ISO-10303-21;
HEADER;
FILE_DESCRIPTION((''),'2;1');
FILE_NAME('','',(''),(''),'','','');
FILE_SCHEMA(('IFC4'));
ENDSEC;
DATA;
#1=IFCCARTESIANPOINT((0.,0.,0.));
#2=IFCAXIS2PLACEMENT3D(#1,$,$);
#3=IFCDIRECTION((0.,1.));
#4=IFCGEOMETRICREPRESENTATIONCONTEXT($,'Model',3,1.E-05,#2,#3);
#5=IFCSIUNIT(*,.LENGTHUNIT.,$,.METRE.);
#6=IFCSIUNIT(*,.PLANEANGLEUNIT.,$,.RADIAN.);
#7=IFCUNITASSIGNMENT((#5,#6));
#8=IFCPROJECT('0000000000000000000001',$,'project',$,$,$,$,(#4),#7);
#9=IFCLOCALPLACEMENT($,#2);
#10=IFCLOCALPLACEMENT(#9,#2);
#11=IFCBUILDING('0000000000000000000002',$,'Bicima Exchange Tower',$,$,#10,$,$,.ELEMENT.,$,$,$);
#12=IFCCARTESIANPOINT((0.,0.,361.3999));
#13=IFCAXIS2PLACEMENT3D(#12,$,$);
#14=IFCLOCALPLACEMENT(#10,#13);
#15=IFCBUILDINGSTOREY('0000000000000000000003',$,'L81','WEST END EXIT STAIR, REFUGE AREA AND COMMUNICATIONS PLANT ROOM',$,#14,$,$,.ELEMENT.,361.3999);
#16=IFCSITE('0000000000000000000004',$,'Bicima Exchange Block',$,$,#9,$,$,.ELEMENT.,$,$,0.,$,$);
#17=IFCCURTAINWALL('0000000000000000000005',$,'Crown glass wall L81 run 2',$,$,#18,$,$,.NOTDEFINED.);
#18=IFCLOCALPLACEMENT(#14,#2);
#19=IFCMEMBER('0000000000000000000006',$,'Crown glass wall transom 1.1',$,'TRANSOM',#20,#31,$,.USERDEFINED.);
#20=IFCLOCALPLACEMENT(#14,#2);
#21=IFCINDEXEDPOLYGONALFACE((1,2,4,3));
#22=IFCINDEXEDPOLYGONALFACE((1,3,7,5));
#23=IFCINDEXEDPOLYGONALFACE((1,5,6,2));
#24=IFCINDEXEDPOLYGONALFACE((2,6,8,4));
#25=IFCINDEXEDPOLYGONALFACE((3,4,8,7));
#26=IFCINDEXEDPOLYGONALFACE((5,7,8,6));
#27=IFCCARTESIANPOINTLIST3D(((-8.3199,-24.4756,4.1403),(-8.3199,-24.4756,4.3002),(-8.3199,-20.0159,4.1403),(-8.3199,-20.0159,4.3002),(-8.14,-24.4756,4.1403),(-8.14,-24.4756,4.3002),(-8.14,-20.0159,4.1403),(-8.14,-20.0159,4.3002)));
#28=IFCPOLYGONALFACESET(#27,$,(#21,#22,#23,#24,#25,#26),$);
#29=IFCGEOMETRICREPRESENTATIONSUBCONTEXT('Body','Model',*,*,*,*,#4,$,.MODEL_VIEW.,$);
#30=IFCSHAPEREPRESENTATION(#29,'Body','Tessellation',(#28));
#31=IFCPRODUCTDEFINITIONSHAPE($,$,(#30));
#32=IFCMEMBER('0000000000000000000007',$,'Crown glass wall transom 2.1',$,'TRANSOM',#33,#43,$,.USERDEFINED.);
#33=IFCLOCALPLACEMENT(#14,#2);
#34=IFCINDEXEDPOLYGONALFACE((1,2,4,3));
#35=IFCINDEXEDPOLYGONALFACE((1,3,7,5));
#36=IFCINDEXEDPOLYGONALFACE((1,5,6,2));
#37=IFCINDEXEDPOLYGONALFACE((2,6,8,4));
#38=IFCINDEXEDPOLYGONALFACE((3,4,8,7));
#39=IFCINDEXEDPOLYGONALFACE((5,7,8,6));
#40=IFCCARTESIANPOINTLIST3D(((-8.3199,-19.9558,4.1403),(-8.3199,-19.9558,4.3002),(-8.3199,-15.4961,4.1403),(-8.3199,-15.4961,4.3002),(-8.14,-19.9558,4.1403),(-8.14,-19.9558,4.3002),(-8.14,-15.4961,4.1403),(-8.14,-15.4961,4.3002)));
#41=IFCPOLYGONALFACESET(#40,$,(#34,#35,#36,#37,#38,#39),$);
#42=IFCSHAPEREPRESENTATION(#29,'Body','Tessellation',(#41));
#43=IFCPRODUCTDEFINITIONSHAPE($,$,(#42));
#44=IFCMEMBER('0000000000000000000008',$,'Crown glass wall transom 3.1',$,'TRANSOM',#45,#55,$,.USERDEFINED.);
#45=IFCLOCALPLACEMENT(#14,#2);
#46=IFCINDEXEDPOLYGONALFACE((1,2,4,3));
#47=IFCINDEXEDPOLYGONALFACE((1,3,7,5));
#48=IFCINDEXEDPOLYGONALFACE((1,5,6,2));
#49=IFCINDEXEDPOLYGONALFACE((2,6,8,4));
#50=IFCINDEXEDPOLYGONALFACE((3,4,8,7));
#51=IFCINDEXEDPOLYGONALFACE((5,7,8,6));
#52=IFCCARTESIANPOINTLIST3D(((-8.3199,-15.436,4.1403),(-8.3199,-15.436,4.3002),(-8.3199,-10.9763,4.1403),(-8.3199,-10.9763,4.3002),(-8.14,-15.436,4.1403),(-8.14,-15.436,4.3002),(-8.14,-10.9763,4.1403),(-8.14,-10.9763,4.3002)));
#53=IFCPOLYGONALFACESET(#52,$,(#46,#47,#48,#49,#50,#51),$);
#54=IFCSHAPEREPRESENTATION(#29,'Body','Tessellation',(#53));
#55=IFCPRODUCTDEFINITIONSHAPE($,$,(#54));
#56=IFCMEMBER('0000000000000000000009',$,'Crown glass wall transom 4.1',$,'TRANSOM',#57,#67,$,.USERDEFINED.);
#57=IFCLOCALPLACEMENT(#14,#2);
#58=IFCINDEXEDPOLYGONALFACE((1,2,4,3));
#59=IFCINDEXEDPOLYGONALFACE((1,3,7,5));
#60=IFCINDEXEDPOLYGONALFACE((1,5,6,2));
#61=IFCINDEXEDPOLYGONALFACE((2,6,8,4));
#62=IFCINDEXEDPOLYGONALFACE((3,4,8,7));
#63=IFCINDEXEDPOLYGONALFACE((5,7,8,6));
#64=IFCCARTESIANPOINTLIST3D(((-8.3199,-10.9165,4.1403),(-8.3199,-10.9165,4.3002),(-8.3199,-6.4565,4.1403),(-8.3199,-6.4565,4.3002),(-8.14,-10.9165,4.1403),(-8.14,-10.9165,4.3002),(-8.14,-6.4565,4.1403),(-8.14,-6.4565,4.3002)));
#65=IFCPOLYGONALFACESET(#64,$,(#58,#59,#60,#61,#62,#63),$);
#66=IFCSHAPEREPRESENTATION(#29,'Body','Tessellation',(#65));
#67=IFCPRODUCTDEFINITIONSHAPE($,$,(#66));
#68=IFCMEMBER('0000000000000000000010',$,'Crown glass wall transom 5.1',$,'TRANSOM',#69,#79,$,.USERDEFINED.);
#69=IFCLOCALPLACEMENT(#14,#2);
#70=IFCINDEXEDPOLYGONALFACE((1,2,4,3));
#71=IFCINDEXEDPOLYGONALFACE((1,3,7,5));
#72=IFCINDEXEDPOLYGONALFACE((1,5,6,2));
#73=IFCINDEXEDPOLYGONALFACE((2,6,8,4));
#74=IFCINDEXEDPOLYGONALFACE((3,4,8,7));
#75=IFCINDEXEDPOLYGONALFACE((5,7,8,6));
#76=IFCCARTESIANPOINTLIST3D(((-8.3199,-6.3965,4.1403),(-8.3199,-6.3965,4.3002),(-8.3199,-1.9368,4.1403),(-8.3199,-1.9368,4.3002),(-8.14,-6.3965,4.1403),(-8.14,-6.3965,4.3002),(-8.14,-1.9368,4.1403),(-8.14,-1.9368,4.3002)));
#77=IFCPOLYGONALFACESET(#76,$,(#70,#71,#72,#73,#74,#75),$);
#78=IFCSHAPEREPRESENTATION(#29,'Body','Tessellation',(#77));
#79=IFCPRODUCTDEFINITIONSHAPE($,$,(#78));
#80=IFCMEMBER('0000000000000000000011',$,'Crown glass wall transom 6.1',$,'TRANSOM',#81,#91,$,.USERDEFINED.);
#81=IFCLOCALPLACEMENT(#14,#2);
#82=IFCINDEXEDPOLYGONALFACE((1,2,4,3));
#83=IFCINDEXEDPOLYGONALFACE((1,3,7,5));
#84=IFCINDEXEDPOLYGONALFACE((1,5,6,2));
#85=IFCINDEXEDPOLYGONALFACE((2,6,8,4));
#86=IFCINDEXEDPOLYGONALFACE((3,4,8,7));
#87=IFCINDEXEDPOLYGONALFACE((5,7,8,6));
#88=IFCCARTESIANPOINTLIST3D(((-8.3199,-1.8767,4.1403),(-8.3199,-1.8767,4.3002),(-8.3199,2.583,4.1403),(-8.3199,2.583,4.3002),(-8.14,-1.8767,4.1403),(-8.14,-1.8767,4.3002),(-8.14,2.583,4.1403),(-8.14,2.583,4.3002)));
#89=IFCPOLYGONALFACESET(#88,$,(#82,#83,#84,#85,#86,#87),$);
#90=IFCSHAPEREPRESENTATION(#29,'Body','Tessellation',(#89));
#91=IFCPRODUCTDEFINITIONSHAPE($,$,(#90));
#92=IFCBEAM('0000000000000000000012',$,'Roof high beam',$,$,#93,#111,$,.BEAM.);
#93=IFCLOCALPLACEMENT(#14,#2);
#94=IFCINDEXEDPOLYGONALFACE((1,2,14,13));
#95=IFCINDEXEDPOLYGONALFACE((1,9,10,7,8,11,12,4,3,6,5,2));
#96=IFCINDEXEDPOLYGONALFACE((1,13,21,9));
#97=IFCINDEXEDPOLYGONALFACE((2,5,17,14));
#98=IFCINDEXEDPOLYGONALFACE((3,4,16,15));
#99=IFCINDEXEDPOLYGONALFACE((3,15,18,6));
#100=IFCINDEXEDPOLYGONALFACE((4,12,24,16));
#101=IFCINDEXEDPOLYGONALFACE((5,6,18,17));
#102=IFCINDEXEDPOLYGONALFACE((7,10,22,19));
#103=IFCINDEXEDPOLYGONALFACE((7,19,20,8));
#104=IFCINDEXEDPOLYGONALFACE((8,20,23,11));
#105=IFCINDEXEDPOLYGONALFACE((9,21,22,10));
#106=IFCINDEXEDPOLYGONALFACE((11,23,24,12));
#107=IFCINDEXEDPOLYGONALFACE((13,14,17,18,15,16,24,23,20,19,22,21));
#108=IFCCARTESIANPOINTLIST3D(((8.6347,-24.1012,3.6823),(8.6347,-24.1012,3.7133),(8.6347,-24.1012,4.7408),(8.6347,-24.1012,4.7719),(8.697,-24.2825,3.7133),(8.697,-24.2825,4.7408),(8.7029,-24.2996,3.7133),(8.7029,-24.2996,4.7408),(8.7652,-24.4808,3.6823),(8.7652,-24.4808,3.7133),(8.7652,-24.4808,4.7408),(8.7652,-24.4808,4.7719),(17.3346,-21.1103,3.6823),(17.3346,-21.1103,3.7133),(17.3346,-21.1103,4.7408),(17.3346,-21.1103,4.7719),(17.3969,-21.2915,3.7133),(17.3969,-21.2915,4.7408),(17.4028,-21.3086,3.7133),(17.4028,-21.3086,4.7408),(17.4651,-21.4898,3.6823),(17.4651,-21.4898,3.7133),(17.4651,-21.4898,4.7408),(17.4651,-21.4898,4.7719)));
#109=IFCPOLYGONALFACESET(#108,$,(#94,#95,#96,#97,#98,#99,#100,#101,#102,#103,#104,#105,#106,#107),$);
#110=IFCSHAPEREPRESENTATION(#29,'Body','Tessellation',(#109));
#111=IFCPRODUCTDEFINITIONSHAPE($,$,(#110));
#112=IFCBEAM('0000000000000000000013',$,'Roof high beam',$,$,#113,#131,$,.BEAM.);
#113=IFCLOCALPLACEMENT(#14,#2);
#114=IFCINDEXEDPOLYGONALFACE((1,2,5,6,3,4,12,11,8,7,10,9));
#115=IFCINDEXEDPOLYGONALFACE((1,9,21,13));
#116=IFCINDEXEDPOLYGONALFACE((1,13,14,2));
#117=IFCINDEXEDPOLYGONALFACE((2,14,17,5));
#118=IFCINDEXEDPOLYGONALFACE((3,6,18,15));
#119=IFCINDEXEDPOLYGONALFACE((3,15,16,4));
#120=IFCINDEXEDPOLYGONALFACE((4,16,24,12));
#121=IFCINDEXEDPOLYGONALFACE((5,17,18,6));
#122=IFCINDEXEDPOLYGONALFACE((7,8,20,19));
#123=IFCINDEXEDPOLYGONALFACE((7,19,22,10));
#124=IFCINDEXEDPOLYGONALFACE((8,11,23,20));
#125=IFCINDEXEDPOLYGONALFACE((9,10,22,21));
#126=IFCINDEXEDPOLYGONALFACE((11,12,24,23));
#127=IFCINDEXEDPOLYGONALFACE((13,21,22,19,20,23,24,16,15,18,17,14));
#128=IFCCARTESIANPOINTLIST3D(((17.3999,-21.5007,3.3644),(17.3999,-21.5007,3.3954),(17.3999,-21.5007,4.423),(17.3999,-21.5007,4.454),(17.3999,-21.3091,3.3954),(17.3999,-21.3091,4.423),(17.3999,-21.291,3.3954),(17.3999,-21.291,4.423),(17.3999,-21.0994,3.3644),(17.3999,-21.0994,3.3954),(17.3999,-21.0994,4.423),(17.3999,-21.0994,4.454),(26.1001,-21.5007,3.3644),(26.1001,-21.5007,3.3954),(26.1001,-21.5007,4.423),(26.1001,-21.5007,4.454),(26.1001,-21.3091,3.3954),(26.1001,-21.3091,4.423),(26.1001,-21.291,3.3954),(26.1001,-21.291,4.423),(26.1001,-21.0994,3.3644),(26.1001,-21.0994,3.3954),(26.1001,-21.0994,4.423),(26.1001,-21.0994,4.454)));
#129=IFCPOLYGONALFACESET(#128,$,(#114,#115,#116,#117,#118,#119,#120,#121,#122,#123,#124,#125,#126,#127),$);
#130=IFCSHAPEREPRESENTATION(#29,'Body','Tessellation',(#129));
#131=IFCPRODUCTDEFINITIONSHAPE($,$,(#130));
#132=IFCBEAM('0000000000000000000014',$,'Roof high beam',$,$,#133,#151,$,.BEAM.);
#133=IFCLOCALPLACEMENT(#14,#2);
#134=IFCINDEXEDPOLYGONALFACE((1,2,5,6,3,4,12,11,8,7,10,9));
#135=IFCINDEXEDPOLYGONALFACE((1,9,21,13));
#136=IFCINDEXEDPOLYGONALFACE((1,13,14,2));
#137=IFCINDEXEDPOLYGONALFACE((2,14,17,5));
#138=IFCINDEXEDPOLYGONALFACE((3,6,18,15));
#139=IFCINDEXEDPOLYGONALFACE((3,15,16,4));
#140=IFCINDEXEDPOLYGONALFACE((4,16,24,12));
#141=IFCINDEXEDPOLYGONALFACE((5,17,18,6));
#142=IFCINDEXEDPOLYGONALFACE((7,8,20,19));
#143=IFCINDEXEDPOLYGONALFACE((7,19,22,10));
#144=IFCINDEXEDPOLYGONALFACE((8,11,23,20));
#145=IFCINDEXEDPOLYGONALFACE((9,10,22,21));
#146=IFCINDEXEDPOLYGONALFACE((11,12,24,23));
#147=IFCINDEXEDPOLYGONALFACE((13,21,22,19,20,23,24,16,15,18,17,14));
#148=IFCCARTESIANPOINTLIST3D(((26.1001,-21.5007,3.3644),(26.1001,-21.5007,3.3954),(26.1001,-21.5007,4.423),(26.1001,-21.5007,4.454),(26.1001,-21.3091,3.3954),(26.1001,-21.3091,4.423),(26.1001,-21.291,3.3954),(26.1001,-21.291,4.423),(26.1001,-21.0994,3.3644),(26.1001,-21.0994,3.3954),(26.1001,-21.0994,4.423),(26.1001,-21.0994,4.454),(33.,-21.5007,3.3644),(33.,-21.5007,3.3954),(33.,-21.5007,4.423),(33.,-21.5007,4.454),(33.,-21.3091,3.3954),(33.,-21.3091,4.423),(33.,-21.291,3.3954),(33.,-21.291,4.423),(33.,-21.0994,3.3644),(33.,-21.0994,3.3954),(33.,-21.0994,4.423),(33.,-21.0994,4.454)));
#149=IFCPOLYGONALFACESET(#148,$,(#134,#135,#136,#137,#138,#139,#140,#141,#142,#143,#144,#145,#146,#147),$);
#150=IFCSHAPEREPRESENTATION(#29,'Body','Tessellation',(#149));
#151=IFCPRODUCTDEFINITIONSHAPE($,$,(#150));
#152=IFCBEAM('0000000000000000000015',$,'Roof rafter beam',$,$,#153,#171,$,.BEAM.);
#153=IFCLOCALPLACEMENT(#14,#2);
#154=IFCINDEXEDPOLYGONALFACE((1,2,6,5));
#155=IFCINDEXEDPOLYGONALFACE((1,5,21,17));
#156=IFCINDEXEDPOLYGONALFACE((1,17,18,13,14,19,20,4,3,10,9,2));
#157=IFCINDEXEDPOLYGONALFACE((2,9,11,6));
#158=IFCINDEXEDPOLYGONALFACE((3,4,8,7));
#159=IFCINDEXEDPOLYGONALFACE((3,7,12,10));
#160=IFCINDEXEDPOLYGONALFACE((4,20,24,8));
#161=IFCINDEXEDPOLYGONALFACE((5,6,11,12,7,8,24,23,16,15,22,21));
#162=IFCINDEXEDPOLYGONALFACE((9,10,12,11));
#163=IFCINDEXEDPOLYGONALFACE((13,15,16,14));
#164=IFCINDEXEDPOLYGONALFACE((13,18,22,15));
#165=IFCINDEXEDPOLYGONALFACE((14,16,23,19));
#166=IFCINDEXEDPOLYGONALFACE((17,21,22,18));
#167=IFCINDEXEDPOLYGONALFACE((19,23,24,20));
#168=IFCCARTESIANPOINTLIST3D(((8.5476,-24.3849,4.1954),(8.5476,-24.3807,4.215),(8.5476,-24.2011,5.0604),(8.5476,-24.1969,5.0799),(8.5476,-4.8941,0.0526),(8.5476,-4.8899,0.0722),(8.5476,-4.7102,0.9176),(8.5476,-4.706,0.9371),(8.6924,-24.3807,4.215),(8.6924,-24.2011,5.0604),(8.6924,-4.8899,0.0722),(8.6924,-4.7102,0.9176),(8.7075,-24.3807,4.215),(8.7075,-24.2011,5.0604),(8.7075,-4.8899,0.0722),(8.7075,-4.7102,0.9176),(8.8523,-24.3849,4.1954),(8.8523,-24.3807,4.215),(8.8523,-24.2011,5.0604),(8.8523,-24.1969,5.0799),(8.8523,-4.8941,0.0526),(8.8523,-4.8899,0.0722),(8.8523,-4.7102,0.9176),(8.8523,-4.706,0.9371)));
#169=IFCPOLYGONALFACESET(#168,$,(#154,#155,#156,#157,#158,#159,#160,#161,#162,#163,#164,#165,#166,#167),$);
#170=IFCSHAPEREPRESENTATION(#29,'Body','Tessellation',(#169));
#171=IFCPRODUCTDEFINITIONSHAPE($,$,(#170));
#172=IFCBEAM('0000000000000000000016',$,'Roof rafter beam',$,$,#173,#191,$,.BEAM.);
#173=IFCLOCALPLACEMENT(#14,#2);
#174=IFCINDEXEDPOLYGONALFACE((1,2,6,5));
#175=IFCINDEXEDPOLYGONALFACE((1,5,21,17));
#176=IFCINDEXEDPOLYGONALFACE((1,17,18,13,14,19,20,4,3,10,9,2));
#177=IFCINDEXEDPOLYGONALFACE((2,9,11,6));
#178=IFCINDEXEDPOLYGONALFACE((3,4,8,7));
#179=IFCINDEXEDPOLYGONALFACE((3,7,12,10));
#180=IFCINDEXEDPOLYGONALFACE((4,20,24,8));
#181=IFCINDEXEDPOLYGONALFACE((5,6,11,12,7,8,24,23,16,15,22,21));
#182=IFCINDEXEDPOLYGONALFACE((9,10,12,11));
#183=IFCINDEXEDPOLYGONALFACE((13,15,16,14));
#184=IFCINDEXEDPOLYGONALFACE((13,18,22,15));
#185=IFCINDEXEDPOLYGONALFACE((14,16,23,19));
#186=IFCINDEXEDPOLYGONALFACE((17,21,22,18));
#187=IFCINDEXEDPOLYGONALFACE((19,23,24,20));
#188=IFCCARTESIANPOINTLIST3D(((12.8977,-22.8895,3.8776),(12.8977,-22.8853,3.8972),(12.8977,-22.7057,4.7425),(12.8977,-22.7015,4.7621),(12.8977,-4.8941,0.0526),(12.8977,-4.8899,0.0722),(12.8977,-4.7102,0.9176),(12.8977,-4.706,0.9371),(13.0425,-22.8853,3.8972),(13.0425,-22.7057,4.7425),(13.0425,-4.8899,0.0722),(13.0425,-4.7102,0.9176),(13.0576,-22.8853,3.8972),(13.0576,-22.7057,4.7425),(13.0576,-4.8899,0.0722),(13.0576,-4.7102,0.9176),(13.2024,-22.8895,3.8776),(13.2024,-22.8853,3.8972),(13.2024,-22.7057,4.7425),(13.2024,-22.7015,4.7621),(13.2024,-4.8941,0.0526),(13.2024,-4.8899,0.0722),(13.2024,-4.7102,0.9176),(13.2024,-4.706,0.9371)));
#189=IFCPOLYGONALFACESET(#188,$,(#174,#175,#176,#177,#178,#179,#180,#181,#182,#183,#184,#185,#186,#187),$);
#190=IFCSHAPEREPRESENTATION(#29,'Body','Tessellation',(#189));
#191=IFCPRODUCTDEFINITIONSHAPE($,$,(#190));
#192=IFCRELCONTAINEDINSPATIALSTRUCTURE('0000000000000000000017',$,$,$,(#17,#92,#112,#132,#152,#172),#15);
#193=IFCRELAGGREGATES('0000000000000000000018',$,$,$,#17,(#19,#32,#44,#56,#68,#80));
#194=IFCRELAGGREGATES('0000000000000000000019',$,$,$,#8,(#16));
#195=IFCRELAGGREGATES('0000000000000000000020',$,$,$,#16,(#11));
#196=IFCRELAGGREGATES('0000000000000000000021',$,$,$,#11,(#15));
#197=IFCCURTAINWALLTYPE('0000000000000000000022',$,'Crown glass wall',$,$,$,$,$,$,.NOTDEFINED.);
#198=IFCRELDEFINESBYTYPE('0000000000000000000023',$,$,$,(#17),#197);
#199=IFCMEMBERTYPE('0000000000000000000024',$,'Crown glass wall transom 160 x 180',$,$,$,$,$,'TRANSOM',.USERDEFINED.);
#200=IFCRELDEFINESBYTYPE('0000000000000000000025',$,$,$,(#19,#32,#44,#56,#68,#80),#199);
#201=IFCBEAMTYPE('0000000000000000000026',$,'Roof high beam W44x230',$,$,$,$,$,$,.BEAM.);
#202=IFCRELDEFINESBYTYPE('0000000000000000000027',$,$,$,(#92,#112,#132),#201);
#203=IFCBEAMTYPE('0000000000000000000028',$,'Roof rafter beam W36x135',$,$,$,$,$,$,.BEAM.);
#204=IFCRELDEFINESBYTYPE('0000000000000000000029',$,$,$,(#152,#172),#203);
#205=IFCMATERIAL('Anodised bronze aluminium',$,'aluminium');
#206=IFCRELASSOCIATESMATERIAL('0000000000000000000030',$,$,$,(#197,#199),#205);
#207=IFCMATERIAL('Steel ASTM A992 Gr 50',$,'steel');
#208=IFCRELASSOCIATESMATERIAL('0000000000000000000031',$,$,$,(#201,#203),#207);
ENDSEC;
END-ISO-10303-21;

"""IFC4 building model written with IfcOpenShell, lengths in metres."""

from ifc_helpers import new_model, si_unit, direction, frame, origin, origin_2d, place, context, subcontext, project, spatial, rectangle, i_section, extrude, material, material_profile, profile_set, type_object, element, aggregate, save


model = new_model("IFC4")

# Units and contexts
model_context = context("Model", 3, precision=1e-05, world=origin(), true_north=direction((0.0, 1.0)))
body_context = subcontext(model_context, "Body", "Model", "MODEL_VIEW")
ifc_project = project(units=[si_unit("LENGTHUNIT", "METRE"), si_unit("PLANEANGLEUNIT", "RADIAN")], contexts=[model_context])

# Site, building, storey
site_placement = place(None, origin())
site = spatial("IfcSite", under=ifc_project, at=site_placement, Name="Bicima Exchange Block", CompositionType="ELEMENT", RefElevation=0.0)
building_placement = place(site_placement, origin())
building = spatial("IfcBuilding", under=site, at=building_placement, Name="Bicima Exchange Tower", CompositionType="ELEMENT")
storey_placement = place(building_placement, frame((0.0, 0.0, 361.3999)))
storey = spatial("IfcBuildingStorey", under=building, at=storey_placement, Name="L81", Description="WEST END EXIT STAIR, REFUGE AREA AND COMMUNICATIONS PLANT ROOM", CompositionType="ELEMENT", Elevation=361.3999)

# Curtain wall, members
ifc_material_1 = material(Name="Anodised bronze aluminium", Category="aluminium")
curtain_wall_type = type_object("IfcCurtainWallType", Name="Crown glass wall", PredefinedType="NOTDEFINED", material=ifc_material_1)
curtain_wall_placement = place(storey_placement, origin())
curtain_wall = element("IfcCurtainWall", 1, at=curtain_wall_placement, inside=storey, type_object=curtain_wall_type, Name="Crown glass wall L81 run 2", PredefinedType="NOTDEFINED")
ifc_material_profile_1 = material_profile(ifc_material_1, rectangle(XDim=0.1799, YDim=0.1599, at=origin_2d()))
ifc_profile_set_1 = profile_set([ifc_material_profile_1], Name="Anodised bronze aluminium")
member_type = type_object("IfcMemberType", Name="Crown glass wall transom 160 x 180", ElementType="TRANSOM", PredefinedType="USERDEFINED", material=ifc_profile_set_1)
member_1_placement = place(storey_placement, frame((-8.23, -24.4756, 4.2202), z_axis=(0.0, 1.0, 0.0), x_axis=(-1.0, 0.0, 0.0)))
member_1 = element("IfcMember", 2, at=member_1_placement, type_object=member_type, Name="Crown glass wall transom 1.1", ObjectType="TRANSOM", PredefinedType="USERDEFINED", context=body_context, shape_type="SweptSolid", body=[
    extrude(rectangle(XDim=0.1799, YDim=0.1599, at=origin_2d()), origin(), (0.0, 0.0, 1.0), 4.4597),
])
member_2_placement = place(storey_placement, frame((-8.23, -19.9558, 4.2202), z_axis=(0.0, 1.0, 0.0), x_axis=(-1.0, 0.0, 0.0)))
member_2 = element("IfcMember", 3, at=member_2_placement, type_object=member_type, Name="Crown glass wall transom 2.1", ObjectType="TRANSOM", PredefinedType="USERDEFINED", context=body_context, shape_type="SweptSolid", body=[
    extrude(rectangle(XDim=0.1799, YDim=0.1599, at=origin_2d()), origin(), (0.0, 0.0, 1.0), 4.4597),
])
member_3_placement = place(storey_placement, frame((-8.23, -15.436, 4.2202), z_axis=(0.0, 1.0, 0.0), x_axis=(-1.0, 0.0, 0.0)))
member_3 = element("IfcMember", 4, at=member_3_placement, type_object=member_type, Name="Crown glass wall transom 3.1", ObjectType="TRANSOM", PredefinedType="USERDEFINED", context=body_context, shape_type="SweptSolid", body=[
    extrude(rectangle(XDim=0.1799, YDim=0.1599, at=origin_2d()), origin(), (0.0, 0.0, 1.0), 4.4597),
])
member_4_placement = place(storey_placement, frame((-8.23, -10.9165, 4.2202), z_axis=(0.0, 1.0, 0.0), x_axis=(-1.0, 0.0, 0.0)))
member_4 = element("IfcMember", 5, at=member_4_placement, type_object=member_type, Name="Crown glass wall transom 4.1", ObjectType="TRANSOM", PredefinedType="USERDEFINED", context=body_context, shape_type="SweptSolid", body=[
    extrude(rectangle(XDim=0.1799, YDim=0.1599, at=origin_2d()), origin(), (0.0, 0.0, 1.0), 4.46),
])
member_5_placement = place(storey_placement, frame((-8.23, -6.3965, 4.2202), z_axis=(0.0, 1.0, 0.0), x_axis=(-1.0, 0.0, 0.0)))
member_5 = element("IfcMember", 6, at=member_5_placement, type_object=member_type, Name="Crown glass wall transom 5.1", ObjectType="TRANSOM", PredefinedType="USERDEFINED", context=body_context, shape_type="SweptSolid", body=[
    extrude(rectangle(XDim=0.1799, YDim=0.1599, at=origin_2d()), origin(), (0.0, 0.0, 1.0), 4.4597),
])
member_6_placement = place(storey_placement, frame((-8.23, -1.8767, 4.2202), z_axis=(0.0, 1.0, 0.0), x_axis=(-1.0, 0.0, 0.0)))
member_6 = element("IfcMember", 7, at=member_6_placement, type_object=member_type, Name="Crown glass wall transom 6.1", ObjectType="TRANSOM", PredefinedType="USERDEFINED", context=body_context, shape_type="SweptSolid", body=[
    extrude(rectangle(XDim=0.1799, YDim=0.1599, at=origin_2d()), origin(), (0.0, 0.0, 1.0), 4.4597),
])

# Beams
ifc_material_2 = material(Name="Steel ASTM A992 Gr 50", Category="steel")
ifc_material_profile_2 = material_profile(ifc_material_2, i_section(OverallWidth=0.4014, OverallDepth=1.0896, WebThickness=0.0181, FlangeThickness=0.031, at=origin_2d()))
ifc_profile_set_2 = profile_set([ifc_material_profile_2], Name="Steel ASTM A992 Gr 50")
beam_type_1 = type_object("IfcBeamType", Name="Roof high beam W44x230", PredefinedType="BEAM", material=ifc_profile_set_2)
beam_1_placement = place(storey_placement, frame((8.7, -24.291, 4.2271), z_axis=(0.945675, 0.325115, 0.0), x_axis=(-0.325115, 0.945675, 0.0)))
element("IfcBeam", 8, at=beam_1_placement, inside=storey, type_object=beam_type_1, Name="Roof high beam", PredefinedType="BEAM", context=body_context, shape_type="SweptSolid", body=[
    extrude(i_section(OverallWidth=0.4014, OverallDepth=1.0896, WebThickness=0.0181, FlangeThickness=0.031, at=origin_2d()), origin(), (0.0, 0.0, 1.0), 9.1997),
])
beam_2_placement = place(storey_placement, frame((17.3999, -21.3, 3.9092), z_axis=(1.0, 0.0, 0.0), x_axis=(0.0, 1.0, 0.0)))
element("IfcBeam", 9, at=beam_2_placement, inside=storey, type_object=beam_type_1, Name="Roof high beam", PredefinedType="BEAM", context=body_context, shape_type="SweptSolid", body=[
    extrude(i_section(OverallWidth=0.4014, OverallDepth=1.0896, WebThickness=0.0181, FlangeThickness=0.031, at=origin_2d()), origin(), (0.0, 0.0, 1.0), 8.7002),
])
beam_3_placement = place(storey_placement, frame((26.1001, -21.3, 3.9092), z_axis=(1.0, 0.0, 0.0), x_axis=(0.0, 1.0, 0.0)))
element("IfcBeam", 10, at=beam_3_placement, inside=storey, type_object=beam_type_1, Name="Roof high beam", PredefinedType="BEAM", context=body_context, shape_type="SweptSolid", body=[
    extrude(i_section(OverallWidth=0.4014, OverallDepth=1.0896, WebThickness=0.0181, FlangeThickness=0.031, at=origin_2d()), origin(), (0.0, 0.0, 1.0), 6.8999),
])
ifc_material_profile_3 = material_profile(ifc_material_2, i_section(OverallWidth=0.3047, OverallDepth=0.9043, WebThickness=0.0151, FlangeThickness=0.02, at=origin_2d()))
ifc_profile_set_3 = profile_set([ifc_material_profile_3], Name="Steel ASTM A992 Gr 50")
beam_type_2 = type_object("IfcBeamType", Name="Roof rafter beam W36x135", PredefinedType="BEAM", material=ifc_profile_set_3)
beam_4_placement = place(storey_placement, frame((8.7, -4.8, 0.4949), z_axis=(0.0, -0.978149, 0.207906), x_axis=(1.0, 0.0, 0.0)))
element("IfcBeam", 11, at=beam_4_placement, inside=storey, type_object=beam_type_2, Name="Roof rafter beam", PredefinedType="BEAM", context=body_context, shape_type="SweptSolid", body=[
    extrude(i_section(OverallWidth=0.3047, OverallDepth=0.9043, WebThickness=0.0151, FlangeThickness=0.02, at=origin_2d()), origin(), (0.0, 0.0, 1.0), 19.9263),
])
beam_5_placement = place(storey_placement, frame((13.05, -4.8, 0.4949), z_axis=(0.0, -0.978148, 0.207907), x_axis=(1.0, 0.0, 0.0)))
element("IfcBeam", 12, at=beam_5_placement, inside=storey, type_object=beam_type_2, Name="Roof rafter beam", PredefinedType="BEAM", context=body_context, shape_type="SweptSolid", body=[
    extrude(i_section(OverallWidth=0.3047, OverallDepth=0.9043, WebThickness=0.0151, FlangeThickness=0.02, at=origin_2d()), origin(), (0.0, 0.0, 1.0), 18.3975),
])

aggregate(curtain_wall, [member_1, member_2, member_3, member_4, member_5, member_6])

save(model, "model.ifc")
